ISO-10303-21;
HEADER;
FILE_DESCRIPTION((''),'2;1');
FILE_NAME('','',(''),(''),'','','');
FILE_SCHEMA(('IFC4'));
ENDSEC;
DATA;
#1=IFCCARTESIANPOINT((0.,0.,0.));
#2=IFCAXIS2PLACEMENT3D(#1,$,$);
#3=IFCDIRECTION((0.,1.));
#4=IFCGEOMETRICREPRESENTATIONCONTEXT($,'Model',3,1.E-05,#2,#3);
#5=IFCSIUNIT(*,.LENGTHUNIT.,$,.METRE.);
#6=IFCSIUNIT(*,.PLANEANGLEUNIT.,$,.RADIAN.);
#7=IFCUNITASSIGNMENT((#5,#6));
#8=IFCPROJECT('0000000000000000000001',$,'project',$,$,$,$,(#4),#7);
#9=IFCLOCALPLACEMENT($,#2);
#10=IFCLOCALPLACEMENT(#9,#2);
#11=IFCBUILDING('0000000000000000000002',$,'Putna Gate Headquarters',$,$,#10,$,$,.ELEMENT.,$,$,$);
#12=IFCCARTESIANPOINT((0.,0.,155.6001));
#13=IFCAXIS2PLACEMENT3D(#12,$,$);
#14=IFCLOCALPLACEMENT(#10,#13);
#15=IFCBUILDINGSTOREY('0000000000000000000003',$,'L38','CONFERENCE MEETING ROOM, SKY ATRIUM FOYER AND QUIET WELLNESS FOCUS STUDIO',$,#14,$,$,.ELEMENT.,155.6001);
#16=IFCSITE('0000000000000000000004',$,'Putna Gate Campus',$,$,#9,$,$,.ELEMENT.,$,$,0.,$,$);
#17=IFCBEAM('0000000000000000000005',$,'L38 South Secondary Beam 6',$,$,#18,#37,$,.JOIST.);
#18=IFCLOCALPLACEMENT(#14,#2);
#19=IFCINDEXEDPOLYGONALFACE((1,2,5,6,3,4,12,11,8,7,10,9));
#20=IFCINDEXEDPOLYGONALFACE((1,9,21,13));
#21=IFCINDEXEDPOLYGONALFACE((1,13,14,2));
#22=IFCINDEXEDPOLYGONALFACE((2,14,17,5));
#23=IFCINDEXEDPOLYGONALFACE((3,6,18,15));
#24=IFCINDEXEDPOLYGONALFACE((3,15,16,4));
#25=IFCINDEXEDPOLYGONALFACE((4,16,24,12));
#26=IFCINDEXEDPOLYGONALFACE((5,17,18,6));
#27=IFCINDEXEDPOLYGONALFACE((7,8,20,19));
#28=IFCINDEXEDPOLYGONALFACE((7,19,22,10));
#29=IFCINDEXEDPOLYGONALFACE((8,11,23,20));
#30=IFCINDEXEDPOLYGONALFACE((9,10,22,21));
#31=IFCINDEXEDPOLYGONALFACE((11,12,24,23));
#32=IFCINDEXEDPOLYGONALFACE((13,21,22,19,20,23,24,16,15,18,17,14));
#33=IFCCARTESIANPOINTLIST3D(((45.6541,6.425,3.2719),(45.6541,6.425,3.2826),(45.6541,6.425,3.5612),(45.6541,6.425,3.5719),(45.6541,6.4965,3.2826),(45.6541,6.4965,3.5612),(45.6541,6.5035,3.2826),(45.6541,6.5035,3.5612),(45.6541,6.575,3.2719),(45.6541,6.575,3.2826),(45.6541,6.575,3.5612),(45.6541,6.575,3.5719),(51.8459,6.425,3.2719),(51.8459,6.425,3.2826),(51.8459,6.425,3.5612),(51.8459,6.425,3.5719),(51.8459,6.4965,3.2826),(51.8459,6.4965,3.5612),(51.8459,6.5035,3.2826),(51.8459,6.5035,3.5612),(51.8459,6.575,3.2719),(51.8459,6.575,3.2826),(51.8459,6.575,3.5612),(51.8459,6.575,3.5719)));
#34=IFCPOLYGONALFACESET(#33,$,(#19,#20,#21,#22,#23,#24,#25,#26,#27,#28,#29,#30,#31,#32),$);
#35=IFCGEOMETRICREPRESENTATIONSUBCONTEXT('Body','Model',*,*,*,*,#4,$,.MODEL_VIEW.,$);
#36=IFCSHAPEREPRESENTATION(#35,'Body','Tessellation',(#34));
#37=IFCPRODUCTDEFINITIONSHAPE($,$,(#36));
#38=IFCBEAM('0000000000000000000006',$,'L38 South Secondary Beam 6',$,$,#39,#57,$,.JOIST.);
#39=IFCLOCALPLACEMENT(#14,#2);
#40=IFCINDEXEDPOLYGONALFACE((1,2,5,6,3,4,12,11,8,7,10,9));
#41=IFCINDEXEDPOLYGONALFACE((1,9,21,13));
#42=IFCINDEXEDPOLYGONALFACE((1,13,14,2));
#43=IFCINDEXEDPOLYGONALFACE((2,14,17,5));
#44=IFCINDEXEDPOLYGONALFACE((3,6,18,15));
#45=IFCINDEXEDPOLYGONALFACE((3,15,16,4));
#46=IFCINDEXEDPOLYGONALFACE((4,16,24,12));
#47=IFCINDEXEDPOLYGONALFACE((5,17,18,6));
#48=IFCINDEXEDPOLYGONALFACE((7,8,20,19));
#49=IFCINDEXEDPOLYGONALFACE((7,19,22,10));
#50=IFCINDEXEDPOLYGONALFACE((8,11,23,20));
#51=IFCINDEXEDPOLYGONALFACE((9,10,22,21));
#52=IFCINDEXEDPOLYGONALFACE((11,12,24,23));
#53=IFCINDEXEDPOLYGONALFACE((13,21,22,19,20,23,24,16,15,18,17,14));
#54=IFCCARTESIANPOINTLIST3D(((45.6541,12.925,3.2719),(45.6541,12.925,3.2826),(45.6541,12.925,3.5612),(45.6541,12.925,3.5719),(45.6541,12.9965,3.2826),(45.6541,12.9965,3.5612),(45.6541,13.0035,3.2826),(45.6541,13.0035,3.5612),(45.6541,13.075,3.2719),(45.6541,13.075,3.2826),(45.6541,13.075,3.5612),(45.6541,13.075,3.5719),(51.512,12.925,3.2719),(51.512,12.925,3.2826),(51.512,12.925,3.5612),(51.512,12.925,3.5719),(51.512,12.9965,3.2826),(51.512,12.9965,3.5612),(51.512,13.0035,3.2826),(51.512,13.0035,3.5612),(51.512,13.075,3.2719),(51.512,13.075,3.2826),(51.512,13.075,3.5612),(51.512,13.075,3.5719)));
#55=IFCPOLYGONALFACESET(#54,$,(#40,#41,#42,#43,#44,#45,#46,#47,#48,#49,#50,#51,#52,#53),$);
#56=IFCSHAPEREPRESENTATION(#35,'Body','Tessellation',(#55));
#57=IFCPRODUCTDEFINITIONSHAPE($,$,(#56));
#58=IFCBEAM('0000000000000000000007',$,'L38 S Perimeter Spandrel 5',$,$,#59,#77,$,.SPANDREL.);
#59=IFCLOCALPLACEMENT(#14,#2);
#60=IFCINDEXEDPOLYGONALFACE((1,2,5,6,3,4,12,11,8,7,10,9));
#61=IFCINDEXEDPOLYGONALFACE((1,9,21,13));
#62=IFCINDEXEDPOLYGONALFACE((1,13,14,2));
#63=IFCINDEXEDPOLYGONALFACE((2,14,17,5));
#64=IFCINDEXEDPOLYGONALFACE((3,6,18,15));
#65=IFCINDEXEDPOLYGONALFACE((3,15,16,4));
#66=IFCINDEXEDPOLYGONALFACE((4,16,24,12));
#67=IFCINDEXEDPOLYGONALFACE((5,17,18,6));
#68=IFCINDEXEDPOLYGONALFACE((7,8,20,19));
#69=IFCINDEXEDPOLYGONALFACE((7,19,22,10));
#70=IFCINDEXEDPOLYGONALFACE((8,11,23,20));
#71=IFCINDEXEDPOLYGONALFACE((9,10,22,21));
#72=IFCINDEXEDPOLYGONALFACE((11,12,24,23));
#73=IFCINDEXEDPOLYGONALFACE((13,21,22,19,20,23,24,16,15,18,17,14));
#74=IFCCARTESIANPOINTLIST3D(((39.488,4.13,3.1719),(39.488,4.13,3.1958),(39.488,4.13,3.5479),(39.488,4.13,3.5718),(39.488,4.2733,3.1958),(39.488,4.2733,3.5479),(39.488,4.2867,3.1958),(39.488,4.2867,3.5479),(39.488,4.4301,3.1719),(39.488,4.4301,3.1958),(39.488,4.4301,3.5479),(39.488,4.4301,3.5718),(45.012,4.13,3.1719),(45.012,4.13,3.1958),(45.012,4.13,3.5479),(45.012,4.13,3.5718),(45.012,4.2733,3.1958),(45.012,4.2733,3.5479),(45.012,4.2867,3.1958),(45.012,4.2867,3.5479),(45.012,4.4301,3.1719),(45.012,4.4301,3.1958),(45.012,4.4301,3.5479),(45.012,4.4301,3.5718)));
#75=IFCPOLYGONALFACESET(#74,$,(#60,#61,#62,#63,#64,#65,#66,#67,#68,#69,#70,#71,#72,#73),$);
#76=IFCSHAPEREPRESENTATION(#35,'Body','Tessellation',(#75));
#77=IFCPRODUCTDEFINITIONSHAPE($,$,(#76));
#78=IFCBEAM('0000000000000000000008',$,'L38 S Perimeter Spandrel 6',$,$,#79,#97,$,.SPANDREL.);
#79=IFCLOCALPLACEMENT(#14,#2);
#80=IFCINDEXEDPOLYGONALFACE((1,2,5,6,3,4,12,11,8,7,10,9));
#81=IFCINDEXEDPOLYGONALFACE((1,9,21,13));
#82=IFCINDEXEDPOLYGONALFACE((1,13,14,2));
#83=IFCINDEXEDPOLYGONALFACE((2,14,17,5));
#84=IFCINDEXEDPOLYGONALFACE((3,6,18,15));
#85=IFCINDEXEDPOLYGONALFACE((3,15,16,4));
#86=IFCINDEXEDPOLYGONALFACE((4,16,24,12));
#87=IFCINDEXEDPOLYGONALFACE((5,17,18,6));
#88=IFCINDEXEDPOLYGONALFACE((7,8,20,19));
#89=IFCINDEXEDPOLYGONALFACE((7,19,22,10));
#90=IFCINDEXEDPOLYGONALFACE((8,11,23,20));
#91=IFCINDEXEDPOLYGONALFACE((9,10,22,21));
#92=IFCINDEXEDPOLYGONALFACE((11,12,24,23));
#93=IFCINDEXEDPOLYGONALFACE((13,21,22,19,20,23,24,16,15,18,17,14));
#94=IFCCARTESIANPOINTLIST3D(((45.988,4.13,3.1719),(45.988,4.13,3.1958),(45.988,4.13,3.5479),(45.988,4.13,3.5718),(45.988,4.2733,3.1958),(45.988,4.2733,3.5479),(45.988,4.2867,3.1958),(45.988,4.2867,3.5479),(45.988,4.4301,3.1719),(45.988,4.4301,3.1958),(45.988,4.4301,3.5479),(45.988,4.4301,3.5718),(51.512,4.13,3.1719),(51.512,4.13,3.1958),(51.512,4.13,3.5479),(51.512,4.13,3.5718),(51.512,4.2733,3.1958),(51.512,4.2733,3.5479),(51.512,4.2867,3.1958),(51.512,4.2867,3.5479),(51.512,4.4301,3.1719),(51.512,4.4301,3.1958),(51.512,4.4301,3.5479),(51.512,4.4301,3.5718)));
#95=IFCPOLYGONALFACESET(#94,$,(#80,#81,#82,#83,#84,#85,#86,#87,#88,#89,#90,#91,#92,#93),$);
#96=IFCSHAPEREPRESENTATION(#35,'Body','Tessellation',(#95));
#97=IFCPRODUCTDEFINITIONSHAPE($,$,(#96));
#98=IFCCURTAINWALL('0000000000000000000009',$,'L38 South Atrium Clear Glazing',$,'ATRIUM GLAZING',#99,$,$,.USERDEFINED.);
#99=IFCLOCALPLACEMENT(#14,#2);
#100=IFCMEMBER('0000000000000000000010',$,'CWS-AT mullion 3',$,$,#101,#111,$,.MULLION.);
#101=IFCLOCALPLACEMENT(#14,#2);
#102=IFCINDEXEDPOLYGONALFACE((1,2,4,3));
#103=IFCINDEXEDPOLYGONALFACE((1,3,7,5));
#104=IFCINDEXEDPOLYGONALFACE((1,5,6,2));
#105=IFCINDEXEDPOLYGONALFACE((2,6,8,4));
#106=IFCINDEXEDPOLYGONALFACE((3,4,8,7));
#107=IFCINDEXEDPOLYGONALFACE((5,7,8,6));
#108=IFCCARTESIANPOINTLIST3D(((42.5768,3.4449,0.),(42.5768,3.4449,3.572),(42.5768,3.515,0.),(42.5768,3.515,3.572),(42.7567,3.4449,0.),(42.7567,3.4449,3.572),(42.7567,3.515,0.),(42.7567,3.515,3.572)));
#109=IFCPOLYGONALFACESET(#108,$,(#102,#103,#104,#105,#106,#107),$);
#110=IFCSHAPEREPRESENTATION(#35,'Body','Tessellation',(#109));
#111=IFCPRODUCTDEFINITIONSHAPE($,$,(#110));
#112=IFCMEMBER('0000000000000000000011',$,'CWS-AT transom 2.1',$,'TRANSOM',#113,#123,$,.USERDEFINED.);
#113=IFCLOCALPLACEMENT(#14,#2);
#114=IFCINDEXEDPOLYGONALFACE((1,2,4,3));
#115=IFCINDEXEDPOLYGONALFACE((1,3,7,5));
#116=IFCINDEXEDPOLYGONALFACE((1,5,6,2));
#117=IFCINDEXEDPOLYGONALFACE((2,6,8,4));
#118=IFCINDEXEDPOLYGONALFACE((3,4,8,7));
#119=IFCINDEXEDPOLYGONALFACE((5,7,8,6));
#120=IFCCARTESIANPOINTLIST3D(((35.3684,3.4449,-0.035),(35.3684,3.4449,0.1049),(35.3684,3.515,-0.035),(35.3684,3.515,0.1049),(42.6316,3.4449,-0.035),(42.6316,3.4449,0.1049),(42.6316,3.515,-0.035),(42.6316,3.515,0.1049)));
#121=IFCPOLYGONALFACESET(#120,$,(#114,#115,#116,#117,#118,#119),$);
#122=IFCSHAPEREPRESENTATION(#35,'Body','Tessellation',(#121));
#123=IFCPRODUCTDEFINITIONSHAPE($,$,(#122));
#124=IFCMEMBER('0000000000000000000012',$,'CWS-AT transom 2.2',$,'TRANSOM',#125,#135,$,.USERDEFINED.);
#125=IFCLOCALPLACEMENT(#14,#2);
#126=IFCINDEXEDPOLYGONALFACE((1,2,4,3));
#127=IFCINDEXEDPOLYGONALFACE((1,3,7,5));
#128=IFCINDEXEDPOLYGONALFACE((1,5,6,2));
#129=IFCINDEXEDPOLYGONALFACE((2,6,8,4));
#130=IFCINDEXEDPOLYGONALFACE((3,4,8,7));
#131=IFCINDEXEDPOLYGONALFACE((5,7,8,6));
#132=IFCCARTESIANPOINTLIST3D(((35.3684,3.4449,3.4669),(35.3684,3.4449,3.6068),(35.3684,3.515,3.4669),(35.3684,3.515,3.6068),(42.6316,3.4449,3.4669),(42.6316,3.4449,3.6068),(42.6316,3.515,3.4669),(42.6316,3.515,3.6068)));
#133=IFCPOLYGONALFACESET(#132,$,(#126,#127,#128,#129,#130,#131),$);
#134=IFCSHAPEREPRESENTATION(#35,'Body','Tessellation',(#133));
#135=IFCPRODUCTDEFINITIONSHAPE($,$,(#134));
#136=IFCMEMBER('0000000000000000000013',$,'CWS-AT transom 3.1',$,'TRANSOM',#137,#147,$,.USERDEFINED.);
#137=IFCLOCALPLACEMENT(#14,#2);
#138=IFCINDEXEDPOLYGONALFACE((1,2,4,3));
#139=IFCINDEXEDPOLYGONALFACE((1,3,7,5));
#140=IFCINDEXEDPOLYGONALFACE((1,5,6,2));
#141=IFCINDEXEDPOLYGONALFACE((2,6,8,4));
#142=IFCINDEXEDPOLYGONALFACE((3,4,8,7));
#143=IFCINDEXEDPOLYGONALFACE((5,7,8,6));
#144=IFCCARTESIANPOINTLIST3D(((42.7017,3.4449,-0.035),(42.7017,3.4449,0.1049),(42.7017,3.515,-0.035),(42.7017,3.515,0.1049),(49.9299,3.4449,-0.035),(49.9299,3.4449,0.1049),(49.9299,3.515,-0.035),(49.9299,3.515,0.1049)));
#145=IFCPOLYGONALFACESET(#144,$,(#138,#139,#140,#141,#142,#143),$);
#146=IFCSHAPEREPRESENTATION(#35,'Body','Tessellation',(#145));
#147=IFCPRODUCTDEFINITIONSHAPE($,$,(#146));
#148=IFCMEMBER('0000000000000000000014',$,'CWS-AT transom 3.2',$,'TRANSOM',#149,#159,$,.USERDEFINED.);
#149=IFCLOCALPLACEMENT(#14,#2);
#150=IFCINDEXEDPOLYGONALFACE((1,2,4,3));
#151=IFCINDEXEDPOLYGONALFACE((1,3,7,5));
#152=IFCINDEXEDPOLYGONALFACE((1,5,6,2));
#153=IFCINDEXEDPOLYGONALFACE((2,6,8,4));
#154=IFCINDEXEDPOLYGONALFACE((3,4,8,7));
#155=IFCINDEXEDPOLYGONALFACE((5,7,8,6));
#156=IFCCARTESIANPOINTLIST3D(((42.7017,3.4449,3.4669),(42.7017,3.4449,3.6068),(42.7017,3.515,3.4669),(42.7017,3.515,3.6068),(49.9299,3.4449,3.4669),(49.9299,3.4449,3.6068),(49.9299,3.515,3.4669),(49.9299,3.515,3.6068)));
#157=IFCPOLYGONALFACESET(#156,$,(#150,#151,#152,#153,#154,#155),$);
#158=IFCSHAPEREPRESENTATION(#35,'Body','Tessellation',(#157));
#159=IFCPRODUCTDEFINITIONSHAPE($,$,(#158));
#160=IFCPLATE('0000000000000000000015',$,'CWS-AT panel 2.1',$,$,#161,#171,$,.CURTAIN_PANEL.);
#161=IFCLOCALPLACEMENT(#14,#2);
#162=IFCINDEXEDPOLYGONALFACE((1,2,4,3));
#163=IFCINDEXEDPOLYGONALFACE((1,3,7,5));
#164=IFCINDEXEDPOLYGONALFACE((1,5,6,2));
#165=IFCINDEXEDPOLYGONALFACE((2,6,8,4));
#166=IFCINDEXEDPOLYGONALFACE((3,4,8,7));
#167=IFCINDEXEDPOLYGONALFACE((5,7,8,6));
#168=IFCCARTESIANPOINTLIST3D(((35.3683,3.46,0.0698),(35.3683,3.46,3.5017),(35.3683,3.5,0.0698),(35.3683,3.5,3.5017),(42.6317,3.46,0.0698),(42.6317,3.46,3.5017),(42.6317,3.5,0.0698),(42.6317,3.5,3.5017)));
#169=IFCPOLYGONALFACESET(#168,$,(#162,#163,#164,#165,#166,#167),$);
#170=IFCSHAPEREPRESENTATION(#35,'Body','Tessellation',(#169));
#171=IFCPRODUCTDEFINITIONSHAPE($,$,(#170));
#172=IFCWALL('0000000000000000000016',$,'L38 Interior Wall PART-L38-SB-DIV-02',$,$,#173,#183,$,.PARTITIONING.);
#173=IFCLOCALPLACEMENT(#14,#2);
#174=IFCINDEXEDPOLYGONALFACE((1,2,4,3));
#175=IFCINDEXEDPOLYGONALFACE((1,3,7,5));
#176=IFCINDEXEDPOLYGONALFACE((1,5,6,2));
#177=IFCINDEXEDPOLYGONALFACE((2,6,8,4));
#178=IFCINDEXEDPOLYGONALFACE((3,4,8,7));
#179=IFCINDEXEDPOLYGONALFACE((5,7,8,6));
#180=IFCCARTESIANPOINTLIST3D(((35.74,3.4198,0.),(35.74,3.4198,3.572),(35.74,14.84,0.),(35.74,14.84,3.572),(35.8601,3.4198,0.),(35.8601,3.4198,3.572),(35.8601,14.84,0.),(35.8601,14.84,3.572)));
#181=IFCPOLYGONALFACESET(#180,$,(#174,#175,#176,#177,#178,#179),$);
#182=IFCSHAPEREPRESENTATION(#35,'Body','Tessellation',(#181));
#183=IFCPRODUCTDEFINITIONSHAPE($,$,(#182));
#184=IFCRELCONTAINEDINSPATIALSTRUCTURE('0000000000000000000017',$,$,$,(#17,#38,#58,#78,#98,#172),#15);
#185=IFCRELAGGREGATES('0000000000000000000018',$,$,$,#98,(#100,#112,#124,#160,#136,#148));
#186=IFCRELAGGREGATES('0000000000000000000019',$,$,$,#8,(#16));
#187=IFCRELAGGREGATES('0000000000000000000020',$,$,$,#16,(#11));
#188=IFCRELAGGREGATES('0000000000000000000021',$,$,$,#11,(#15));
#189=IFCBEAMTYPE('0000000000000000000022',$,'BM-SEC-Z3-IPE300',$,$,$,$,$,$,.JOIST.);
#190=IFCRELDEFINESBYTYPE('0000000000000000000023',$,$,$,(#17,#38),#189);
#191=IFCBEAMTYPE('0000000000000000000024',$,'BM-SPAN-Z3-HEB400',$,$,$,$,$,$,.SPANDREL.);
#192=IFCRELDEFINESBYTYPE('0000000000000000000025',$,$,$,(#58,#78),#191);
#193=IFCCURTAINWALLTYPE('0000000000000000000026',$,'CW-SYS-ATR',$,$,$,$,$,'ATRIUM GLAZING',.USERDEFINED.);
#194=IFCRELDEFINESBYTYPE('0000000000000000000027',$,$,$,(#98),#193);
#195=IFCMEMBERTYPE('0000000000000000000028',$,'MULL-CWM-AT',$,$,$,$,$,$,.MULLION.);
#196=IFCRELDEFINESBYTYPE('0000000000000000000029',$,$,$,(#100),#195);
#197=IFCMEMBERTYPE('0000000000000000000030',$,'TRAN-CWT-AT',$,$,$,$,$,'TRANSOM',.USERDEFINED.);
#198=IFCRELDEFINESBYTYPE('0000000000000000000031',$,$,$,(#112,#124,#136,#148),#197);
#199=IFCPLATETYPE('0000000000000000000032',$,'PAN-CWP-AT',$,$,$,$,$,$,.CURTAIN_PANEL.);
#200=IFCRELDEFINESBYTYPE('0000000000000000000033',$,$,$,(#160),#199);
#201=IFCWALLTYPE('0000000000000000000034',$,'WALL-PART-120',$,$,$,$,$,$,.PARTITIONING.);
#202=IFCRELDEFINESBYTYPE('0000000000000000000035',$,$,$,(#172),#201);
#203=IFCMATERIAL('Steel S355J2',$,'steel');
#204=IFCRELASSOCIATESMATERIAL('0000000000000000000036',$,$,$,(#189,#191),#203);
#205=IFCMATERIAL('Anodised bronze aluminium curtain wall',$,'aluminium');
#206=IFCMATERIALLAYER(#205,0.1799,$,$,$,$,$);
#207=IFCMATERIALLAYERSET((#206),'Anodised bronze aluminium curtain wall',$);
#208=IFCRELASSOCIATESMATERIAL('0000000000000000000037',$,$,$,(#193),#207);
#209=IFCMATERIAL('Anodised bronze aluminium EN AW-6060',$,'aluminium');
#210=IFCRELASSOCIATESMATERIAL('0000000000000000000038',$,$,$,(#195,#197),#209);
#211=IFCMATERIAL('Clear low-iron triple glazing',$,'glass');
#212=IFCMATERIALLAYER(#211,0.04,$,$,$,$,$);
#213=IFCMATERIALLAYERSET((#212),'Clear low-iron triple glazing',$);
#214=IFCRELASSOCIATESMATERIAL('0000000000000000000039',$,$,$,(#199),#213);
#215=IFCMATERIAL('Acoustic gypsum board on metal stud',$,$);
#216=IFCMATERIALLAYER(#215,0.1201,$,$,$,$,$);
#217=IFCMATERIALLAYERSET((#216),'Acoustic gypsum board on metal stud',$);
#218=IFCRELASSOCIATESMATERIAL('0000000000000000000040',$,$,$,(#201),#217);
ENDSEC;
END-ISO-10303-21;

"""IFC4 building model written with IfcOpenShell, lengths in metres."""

from ifc_helpers import new_model, si_unit, direction, frame, frame_2d, origin, origin_2d, place, context, subcontext, project, spatial, rectangle, i_section, extrude, material, layer, layer_set, material_profile, profile_set, type_object, element, aggregate, save


model = new_model("IFC4")

# Units and contexts
model_context = context("Model", 3, precision=1e-05, world=origin(), true_north=direction((0.0, 1.0)))
body_context = subcontext(model_context, "Body", "Model", "MODEL_VIEW")
ifc_project = project(units=[si_unit("LENGTHUNIT", "METRE"), si_unit("PLANEANGLEUNIT", "RADIAN")], contexts=[model_context])

# Site, building, storey
site_placement = place(None, origin())
site = spatial("IfcSite", under=ifc_project, at=site_placement, Name="Putna Gate Campus", CompositionType="ELEMENT", RefElevation=0.0)
building_placement = place(site_placement, origin())
building = spatial("IfcBuilding", under=site, at=building_placement, Name="Putna Gate Headquarters", CompositionType="ELEMENT")
storey_placement = place(building_placement, frame((0.0, 0.0, 155.6001)))
storey = spatial("IfcBuildingStorey", under=building, at=storey_placement, Name="L38", Description="CONFERENCE MEETING ROOM, SKY ATRIUM FOYER AND QUIET WELLNESS FOCUS STUDIO", CompositionType="ELEMENT", Elevation=155.6001)

# Beams
ifc_material_1 = material(Name="Steel S355J2", Category="steel")
ifc_material_profile_1 = material_profile(ifc_material_1, i_section(OverallWidth=0.1499, OverallDepth=0.3, WebThickness=0.0071, FlangeThickness=0.0107, at=origin_2d()), Name="Steel S355J2")
ifc_profile_set_1 = profile_set([ifc_material_profile_1], Name="Steel S355J2")
beam_type_1 = type_object("IfcBeamType", Name="BM-SEC-Z3-IPE300", PredefinedType="JOIST", material=ifc_profile_set_1)
for number, where, z_axis, x_axis, name in (
    (1, (45.6541, 6.5, 3.4219), (1.0, 0.0, 0.0), (0.0, 1.0, 0.0), "L38 South Secondary Beam 6"),
):
    element("IfcBeam", number, at=place(storey_placement, frame(where, z_axis=z_axis, x_axis=x_axis)), inside=storey, type_object=beam_type_1, Name=name, PredefinedType="JOIST", context=body_context, shape_type="SweptSolid", body=[
        extrude(i_section(OverallWidth=0.1499, OverallDepth=0.3, WebThickness=0.0071, FlangeThickness=0.0107, at=origin_2d()), origin(), (0.0, 0.0, 1.0), 6.1919),
    ])
beam_1_placement = place(storey_placement, frame((45.6541, 13.0, 3.4219), z_axis=(1.0, 0.0, 0.0), x_axis=(0.0, 1.0, 0.0)))
element("IfcBeam", 2, at=beam_1_placement, inside=storey, type_object=beam_type_1, Name="L38 South Secondary Beam 6", PredefinedType="JOIST", context=body_context, shape_type="SweptSolid", body=[
    extrude(i_section(OverallWidth=0.1499, OverallDepth=0.3, WebThickness=0.0071, FlangeThickness=0.0107, at=origin_2d()), origin(), (0.0, 0.0, 1.0), 5.8579),
])
ifc_material_profile_2 = material_profile(ifc_material_1, i_section(OverallWidth=0.3, OverallDepth=0.3999, WebThickness=0.0134, FlangeThickness=0.0239, at=origin_2d()), Name="Steel S355J2")
ifc_profile_set_2 = profile_set([ifc_material_profile_2], Name="Steel S355J2")
beam_type_2 = type_object("IfcBeamType", Name="BM-SPAN-Z3-HEB400", PredefinedType="SPANDREL", material=ifc_profile_set_2)
for number, where, z_axis, x_axis, name in (
    (3, (39.488, 4.28, 3.3718), (1.0, 0.0, 0.0), (0.0, 1.0, 0.0), "L38 S Perimeter Spandrel 5"),
    (4, (45.988, 4.28, 3.3718), (1.0, 0.0, 0.0), (0.0, 1.0, 0.0), "L38 S Perimeter Spandrel 6"),
):
    element("IfcBeam", number, at=place(storey_placement, frame(where, z_axis=z_axis, x_axis=x_axis)), inside=storey, type_object=beam_type_2, Name=name, PredefinedType="SPANDREL", context=body_context, shape_type="SweptSolid", body=[
        extrude(i_section(OverallWidth=0.3, OverallDepth=0.3999, WebThickness=0.0134, FlangeThickness=0.0239, at=origin_2d()), origin(), (0.0, 0.0, 1.0), 5.5239),
    ])

# Curtain wall, members, plate
ifc_material_2 = material(Name="Anodised bronze aluminium curtain wall", Category="aluminium")
ifc_layer_1 = layer(ifc_material_2, 0.1799)
ifc_layer_set_1 = layer_set([ifc_layer_1], Name="Anodised bronze aluminium curtain wall")
curtain_wall_type = type_object("IfcCurtainWallType", Name="CW-SYS-ATR", ElementType="ATRIUM GLAZING", PredefinedType="USERDEFINED", material=ifc_layer_set_1)
curtain_wall_placement = place(storey_placement, origin())
curtain_wall = element("IfcCurtainWall", 5, at=curtain_wall_placement, inside=storey, type_object=curtain_wall_type, Name="L38 South Atrium Clear Glazing", ObjectType="ATRIUM GLAZING", PredefinedType="USERDEFINED")
ifc_material_3 = material(Name="Anodised bronze aluminium EN AW-6060", Category="aluminium")
ifc_material_profile_3 = material_profile(ifc_material_3, rectangle(XDim=0.0701, YDim=0.1799, at=origin_2d()), Name="Anodised bronze aluminium EN AW-6060")
ifc_profile_set_3 = profile_set([ifc_material_profile_3], Name="Anodised bronze aluminium EN AW-6060")
member_type_1 = type_object("IfcMemberType", Name="MULL-CWM-AT", PredefinedType="MULLION", material=ifc_profile_set_3)
member_1_placement = place(storey_placement, frame((42.6667, 3.48, 0.0), z_axis=(0.0, 0.0, 1.0), x_axis=(0.0, 1.0, 0.0)))
member_1 = element("IfcMember", 6, at=member_1_placement, type_object=member_type_1, Name="CWS-AT mullion 3", PredefinedType="MULLION", context=body_context, shape_type="SweptSolid", body=[
    extrude(rectangle(XDim=0.0701, YDim=0.1799, at=origin_2d()), origin(), (0.0, 0.0, 1.0), 3.572),
])
ifc_material_profile_4 = material_profile(ifc_material_3, rectangle(XDim=0.0701, YDim=0.1399, at=origin_2d()), Name="Anodised bronze aluminium EN AW-6060")
ifc_profile_set_4 = profile_set([ifc_material_profile_4], Name="Anodised bronze aluminium EN AW-6060")
member_type_2 = type_object("IfcMemberType", Name="TRAN-CWT-AT", ElementType="TRANSOM", PredefinedType="USERDEFINED", material=ifc_profile_set_4)
member_2_placement = place(storey_placement, frame((35.3684, 3.48, 0.0349), z_axis=(1.0, 0.0, 0.0), x_axis=(0.0, 1.0, 0.0)))
member_2 = element("IfcMember", 7, at=member_2_placement, type_object=member_type_2, Name="CWS-AT transom 2.1", ObjectType="TRANSOM", PredefinedType="USERDEFINED", context=body_context, shape_type="SweptSolid", body=[
    extrude(rectangle(XDim=0.0701, YDim=0.1399, at=origin_2d()), origin(), (0.0, 0.0, 1.0), 7.2632),
])
member_3_placement = place(storey_placement, frame((35.3684, 3.48, 3.5369), z_axis=(1.0, 0.0, 0.0), x_axis=(0.0, 1.0, 0.0)))
member_3 = element("IfcMember", 8, at=member_3_placement, type_object=member_type_2, Name="CWS-AT transom 2.2", ObjectType="TRANSOM", PredefinedType="USERDEFINED", context=body_context, shape_type="SweptSolid", body=[
    extrude(rectangle(XDim=0.0701, YDim=0.1399, at=origin_2d()), origin(), (0.0, 0.0, 1.0), 7.2632),
])
member_4_placement = place(storey_placement, frame((42.7017, 3.48, 0.0349), z_axis=(1.0, 0.0, 0.0), x_axis=(0.0, 1.0, 0.0)))
member_4 = element("IfcMember", 9, at=member_4_placement, type_object=member_type_2, Name="CWS-AT transom 3.1", ObjectType="TRANSOM", PredefinedType="USERDEFINED", context=body_context, shape_type="SweptSolid", body=[
    extrude(rectangle(XDim=0.0701, YDim=0.1399, at=origin_2d()), origin(), (0.0, 0.0, 1.0), 7.2283),
])
member_5_placement = place(storey_placement, frame((42.7017, 3.48, 3.5369), z_axis=(1.0, 0.0, 0.0), x_axis=(0.0, 1.0, 0.0)))
member_5 = element("IfcMember", 10, at=member_5_placement, type_object=member_type_2, Name="CWS-AT transom 3.2", ObjectType="TRANSOM", PredefinedType="USERDEFINED", context=body_context, shape_type="SweptSolid", body=[
    extrude(rectangle(XDim=0.0701, YDim=0.1399, at=origin_2d()), origin(), (0.0, 0.0, 1.0), 7.2283),
])
ifc_material_4 = material(Name="Clear low-iron triple glazing", Category="glass")
ifc_layer_2 = layer(ifc_material_4, 0.04)
ifc_layer_set_2 = layer_set([ifc_layer_2], Name="Clear low-iron triple glazing")
plate_type = type_object("IfcPlateType", Name="PAN-CWP-AT", PredefinedType="CURTAIN_PANEL", material=ifc_layer_set_2)
plate_placement = place(storey_placement, frame((39.0, 3.48, 0.0698), z_axis=(0.0, 0.0, 1.0), x_axis=(1.0, 0.0, 0.0)))
plate = element("IfcPlate", 11, at=plate_placement, type_object=plate_type, Name="CWS-AT panel 2.1", PredefinedType="CURTAIN_PANEL", context=body_context, shape_type="SweptSolid", body=[
    extrude(rectangle(XDim=7.2634, YDim=0.04, at=origin_2d()), origin(), (0.0, 0.0, 1.0), 3.4319),
])
aggregate(curtain_wall, [member_1, member_2, member_3, plate, member_4, member_5])

# Wall
ifc_material_5 = material(Name="Acoustic gypsum board on metal stud")
ifc_layer_3 = layer(ifc_material_5, 0.1201)
ifc_layer_set_3 = layer_set([ifc_layer_3], Name="Acoustic gypsum board on metal stud")
wall_type_1 = type_object("IfcWallType", Name="WALL-PART-120", PredefinedType="PARTITIONING", material=ifc_layer_set_3)
wall_1_placement = place(storey_placement, frame((35.8, 3.4199, 0.0), z_axis=(0.0, 0.0, 1.0), x_axis=(0.0, 1.0, 0.0)))
element("IfcWall", 12, at=wall_1_placement, inside=storey, type_object=wall_type_1, Name="L38 Interior Wall PART-L38-SB-DIV-02", PredefinedType="PARTITIONING", context=body_context, shape_type="SweptSolid", body=[
    extrude(rectangle(XDim=11.4202, YDim=0.1201, at=frame_2d((5.71, 0.0))), origin(), (0.0, 0.0, 1.0), 3.572),
])

save(model, "model.ifc")
